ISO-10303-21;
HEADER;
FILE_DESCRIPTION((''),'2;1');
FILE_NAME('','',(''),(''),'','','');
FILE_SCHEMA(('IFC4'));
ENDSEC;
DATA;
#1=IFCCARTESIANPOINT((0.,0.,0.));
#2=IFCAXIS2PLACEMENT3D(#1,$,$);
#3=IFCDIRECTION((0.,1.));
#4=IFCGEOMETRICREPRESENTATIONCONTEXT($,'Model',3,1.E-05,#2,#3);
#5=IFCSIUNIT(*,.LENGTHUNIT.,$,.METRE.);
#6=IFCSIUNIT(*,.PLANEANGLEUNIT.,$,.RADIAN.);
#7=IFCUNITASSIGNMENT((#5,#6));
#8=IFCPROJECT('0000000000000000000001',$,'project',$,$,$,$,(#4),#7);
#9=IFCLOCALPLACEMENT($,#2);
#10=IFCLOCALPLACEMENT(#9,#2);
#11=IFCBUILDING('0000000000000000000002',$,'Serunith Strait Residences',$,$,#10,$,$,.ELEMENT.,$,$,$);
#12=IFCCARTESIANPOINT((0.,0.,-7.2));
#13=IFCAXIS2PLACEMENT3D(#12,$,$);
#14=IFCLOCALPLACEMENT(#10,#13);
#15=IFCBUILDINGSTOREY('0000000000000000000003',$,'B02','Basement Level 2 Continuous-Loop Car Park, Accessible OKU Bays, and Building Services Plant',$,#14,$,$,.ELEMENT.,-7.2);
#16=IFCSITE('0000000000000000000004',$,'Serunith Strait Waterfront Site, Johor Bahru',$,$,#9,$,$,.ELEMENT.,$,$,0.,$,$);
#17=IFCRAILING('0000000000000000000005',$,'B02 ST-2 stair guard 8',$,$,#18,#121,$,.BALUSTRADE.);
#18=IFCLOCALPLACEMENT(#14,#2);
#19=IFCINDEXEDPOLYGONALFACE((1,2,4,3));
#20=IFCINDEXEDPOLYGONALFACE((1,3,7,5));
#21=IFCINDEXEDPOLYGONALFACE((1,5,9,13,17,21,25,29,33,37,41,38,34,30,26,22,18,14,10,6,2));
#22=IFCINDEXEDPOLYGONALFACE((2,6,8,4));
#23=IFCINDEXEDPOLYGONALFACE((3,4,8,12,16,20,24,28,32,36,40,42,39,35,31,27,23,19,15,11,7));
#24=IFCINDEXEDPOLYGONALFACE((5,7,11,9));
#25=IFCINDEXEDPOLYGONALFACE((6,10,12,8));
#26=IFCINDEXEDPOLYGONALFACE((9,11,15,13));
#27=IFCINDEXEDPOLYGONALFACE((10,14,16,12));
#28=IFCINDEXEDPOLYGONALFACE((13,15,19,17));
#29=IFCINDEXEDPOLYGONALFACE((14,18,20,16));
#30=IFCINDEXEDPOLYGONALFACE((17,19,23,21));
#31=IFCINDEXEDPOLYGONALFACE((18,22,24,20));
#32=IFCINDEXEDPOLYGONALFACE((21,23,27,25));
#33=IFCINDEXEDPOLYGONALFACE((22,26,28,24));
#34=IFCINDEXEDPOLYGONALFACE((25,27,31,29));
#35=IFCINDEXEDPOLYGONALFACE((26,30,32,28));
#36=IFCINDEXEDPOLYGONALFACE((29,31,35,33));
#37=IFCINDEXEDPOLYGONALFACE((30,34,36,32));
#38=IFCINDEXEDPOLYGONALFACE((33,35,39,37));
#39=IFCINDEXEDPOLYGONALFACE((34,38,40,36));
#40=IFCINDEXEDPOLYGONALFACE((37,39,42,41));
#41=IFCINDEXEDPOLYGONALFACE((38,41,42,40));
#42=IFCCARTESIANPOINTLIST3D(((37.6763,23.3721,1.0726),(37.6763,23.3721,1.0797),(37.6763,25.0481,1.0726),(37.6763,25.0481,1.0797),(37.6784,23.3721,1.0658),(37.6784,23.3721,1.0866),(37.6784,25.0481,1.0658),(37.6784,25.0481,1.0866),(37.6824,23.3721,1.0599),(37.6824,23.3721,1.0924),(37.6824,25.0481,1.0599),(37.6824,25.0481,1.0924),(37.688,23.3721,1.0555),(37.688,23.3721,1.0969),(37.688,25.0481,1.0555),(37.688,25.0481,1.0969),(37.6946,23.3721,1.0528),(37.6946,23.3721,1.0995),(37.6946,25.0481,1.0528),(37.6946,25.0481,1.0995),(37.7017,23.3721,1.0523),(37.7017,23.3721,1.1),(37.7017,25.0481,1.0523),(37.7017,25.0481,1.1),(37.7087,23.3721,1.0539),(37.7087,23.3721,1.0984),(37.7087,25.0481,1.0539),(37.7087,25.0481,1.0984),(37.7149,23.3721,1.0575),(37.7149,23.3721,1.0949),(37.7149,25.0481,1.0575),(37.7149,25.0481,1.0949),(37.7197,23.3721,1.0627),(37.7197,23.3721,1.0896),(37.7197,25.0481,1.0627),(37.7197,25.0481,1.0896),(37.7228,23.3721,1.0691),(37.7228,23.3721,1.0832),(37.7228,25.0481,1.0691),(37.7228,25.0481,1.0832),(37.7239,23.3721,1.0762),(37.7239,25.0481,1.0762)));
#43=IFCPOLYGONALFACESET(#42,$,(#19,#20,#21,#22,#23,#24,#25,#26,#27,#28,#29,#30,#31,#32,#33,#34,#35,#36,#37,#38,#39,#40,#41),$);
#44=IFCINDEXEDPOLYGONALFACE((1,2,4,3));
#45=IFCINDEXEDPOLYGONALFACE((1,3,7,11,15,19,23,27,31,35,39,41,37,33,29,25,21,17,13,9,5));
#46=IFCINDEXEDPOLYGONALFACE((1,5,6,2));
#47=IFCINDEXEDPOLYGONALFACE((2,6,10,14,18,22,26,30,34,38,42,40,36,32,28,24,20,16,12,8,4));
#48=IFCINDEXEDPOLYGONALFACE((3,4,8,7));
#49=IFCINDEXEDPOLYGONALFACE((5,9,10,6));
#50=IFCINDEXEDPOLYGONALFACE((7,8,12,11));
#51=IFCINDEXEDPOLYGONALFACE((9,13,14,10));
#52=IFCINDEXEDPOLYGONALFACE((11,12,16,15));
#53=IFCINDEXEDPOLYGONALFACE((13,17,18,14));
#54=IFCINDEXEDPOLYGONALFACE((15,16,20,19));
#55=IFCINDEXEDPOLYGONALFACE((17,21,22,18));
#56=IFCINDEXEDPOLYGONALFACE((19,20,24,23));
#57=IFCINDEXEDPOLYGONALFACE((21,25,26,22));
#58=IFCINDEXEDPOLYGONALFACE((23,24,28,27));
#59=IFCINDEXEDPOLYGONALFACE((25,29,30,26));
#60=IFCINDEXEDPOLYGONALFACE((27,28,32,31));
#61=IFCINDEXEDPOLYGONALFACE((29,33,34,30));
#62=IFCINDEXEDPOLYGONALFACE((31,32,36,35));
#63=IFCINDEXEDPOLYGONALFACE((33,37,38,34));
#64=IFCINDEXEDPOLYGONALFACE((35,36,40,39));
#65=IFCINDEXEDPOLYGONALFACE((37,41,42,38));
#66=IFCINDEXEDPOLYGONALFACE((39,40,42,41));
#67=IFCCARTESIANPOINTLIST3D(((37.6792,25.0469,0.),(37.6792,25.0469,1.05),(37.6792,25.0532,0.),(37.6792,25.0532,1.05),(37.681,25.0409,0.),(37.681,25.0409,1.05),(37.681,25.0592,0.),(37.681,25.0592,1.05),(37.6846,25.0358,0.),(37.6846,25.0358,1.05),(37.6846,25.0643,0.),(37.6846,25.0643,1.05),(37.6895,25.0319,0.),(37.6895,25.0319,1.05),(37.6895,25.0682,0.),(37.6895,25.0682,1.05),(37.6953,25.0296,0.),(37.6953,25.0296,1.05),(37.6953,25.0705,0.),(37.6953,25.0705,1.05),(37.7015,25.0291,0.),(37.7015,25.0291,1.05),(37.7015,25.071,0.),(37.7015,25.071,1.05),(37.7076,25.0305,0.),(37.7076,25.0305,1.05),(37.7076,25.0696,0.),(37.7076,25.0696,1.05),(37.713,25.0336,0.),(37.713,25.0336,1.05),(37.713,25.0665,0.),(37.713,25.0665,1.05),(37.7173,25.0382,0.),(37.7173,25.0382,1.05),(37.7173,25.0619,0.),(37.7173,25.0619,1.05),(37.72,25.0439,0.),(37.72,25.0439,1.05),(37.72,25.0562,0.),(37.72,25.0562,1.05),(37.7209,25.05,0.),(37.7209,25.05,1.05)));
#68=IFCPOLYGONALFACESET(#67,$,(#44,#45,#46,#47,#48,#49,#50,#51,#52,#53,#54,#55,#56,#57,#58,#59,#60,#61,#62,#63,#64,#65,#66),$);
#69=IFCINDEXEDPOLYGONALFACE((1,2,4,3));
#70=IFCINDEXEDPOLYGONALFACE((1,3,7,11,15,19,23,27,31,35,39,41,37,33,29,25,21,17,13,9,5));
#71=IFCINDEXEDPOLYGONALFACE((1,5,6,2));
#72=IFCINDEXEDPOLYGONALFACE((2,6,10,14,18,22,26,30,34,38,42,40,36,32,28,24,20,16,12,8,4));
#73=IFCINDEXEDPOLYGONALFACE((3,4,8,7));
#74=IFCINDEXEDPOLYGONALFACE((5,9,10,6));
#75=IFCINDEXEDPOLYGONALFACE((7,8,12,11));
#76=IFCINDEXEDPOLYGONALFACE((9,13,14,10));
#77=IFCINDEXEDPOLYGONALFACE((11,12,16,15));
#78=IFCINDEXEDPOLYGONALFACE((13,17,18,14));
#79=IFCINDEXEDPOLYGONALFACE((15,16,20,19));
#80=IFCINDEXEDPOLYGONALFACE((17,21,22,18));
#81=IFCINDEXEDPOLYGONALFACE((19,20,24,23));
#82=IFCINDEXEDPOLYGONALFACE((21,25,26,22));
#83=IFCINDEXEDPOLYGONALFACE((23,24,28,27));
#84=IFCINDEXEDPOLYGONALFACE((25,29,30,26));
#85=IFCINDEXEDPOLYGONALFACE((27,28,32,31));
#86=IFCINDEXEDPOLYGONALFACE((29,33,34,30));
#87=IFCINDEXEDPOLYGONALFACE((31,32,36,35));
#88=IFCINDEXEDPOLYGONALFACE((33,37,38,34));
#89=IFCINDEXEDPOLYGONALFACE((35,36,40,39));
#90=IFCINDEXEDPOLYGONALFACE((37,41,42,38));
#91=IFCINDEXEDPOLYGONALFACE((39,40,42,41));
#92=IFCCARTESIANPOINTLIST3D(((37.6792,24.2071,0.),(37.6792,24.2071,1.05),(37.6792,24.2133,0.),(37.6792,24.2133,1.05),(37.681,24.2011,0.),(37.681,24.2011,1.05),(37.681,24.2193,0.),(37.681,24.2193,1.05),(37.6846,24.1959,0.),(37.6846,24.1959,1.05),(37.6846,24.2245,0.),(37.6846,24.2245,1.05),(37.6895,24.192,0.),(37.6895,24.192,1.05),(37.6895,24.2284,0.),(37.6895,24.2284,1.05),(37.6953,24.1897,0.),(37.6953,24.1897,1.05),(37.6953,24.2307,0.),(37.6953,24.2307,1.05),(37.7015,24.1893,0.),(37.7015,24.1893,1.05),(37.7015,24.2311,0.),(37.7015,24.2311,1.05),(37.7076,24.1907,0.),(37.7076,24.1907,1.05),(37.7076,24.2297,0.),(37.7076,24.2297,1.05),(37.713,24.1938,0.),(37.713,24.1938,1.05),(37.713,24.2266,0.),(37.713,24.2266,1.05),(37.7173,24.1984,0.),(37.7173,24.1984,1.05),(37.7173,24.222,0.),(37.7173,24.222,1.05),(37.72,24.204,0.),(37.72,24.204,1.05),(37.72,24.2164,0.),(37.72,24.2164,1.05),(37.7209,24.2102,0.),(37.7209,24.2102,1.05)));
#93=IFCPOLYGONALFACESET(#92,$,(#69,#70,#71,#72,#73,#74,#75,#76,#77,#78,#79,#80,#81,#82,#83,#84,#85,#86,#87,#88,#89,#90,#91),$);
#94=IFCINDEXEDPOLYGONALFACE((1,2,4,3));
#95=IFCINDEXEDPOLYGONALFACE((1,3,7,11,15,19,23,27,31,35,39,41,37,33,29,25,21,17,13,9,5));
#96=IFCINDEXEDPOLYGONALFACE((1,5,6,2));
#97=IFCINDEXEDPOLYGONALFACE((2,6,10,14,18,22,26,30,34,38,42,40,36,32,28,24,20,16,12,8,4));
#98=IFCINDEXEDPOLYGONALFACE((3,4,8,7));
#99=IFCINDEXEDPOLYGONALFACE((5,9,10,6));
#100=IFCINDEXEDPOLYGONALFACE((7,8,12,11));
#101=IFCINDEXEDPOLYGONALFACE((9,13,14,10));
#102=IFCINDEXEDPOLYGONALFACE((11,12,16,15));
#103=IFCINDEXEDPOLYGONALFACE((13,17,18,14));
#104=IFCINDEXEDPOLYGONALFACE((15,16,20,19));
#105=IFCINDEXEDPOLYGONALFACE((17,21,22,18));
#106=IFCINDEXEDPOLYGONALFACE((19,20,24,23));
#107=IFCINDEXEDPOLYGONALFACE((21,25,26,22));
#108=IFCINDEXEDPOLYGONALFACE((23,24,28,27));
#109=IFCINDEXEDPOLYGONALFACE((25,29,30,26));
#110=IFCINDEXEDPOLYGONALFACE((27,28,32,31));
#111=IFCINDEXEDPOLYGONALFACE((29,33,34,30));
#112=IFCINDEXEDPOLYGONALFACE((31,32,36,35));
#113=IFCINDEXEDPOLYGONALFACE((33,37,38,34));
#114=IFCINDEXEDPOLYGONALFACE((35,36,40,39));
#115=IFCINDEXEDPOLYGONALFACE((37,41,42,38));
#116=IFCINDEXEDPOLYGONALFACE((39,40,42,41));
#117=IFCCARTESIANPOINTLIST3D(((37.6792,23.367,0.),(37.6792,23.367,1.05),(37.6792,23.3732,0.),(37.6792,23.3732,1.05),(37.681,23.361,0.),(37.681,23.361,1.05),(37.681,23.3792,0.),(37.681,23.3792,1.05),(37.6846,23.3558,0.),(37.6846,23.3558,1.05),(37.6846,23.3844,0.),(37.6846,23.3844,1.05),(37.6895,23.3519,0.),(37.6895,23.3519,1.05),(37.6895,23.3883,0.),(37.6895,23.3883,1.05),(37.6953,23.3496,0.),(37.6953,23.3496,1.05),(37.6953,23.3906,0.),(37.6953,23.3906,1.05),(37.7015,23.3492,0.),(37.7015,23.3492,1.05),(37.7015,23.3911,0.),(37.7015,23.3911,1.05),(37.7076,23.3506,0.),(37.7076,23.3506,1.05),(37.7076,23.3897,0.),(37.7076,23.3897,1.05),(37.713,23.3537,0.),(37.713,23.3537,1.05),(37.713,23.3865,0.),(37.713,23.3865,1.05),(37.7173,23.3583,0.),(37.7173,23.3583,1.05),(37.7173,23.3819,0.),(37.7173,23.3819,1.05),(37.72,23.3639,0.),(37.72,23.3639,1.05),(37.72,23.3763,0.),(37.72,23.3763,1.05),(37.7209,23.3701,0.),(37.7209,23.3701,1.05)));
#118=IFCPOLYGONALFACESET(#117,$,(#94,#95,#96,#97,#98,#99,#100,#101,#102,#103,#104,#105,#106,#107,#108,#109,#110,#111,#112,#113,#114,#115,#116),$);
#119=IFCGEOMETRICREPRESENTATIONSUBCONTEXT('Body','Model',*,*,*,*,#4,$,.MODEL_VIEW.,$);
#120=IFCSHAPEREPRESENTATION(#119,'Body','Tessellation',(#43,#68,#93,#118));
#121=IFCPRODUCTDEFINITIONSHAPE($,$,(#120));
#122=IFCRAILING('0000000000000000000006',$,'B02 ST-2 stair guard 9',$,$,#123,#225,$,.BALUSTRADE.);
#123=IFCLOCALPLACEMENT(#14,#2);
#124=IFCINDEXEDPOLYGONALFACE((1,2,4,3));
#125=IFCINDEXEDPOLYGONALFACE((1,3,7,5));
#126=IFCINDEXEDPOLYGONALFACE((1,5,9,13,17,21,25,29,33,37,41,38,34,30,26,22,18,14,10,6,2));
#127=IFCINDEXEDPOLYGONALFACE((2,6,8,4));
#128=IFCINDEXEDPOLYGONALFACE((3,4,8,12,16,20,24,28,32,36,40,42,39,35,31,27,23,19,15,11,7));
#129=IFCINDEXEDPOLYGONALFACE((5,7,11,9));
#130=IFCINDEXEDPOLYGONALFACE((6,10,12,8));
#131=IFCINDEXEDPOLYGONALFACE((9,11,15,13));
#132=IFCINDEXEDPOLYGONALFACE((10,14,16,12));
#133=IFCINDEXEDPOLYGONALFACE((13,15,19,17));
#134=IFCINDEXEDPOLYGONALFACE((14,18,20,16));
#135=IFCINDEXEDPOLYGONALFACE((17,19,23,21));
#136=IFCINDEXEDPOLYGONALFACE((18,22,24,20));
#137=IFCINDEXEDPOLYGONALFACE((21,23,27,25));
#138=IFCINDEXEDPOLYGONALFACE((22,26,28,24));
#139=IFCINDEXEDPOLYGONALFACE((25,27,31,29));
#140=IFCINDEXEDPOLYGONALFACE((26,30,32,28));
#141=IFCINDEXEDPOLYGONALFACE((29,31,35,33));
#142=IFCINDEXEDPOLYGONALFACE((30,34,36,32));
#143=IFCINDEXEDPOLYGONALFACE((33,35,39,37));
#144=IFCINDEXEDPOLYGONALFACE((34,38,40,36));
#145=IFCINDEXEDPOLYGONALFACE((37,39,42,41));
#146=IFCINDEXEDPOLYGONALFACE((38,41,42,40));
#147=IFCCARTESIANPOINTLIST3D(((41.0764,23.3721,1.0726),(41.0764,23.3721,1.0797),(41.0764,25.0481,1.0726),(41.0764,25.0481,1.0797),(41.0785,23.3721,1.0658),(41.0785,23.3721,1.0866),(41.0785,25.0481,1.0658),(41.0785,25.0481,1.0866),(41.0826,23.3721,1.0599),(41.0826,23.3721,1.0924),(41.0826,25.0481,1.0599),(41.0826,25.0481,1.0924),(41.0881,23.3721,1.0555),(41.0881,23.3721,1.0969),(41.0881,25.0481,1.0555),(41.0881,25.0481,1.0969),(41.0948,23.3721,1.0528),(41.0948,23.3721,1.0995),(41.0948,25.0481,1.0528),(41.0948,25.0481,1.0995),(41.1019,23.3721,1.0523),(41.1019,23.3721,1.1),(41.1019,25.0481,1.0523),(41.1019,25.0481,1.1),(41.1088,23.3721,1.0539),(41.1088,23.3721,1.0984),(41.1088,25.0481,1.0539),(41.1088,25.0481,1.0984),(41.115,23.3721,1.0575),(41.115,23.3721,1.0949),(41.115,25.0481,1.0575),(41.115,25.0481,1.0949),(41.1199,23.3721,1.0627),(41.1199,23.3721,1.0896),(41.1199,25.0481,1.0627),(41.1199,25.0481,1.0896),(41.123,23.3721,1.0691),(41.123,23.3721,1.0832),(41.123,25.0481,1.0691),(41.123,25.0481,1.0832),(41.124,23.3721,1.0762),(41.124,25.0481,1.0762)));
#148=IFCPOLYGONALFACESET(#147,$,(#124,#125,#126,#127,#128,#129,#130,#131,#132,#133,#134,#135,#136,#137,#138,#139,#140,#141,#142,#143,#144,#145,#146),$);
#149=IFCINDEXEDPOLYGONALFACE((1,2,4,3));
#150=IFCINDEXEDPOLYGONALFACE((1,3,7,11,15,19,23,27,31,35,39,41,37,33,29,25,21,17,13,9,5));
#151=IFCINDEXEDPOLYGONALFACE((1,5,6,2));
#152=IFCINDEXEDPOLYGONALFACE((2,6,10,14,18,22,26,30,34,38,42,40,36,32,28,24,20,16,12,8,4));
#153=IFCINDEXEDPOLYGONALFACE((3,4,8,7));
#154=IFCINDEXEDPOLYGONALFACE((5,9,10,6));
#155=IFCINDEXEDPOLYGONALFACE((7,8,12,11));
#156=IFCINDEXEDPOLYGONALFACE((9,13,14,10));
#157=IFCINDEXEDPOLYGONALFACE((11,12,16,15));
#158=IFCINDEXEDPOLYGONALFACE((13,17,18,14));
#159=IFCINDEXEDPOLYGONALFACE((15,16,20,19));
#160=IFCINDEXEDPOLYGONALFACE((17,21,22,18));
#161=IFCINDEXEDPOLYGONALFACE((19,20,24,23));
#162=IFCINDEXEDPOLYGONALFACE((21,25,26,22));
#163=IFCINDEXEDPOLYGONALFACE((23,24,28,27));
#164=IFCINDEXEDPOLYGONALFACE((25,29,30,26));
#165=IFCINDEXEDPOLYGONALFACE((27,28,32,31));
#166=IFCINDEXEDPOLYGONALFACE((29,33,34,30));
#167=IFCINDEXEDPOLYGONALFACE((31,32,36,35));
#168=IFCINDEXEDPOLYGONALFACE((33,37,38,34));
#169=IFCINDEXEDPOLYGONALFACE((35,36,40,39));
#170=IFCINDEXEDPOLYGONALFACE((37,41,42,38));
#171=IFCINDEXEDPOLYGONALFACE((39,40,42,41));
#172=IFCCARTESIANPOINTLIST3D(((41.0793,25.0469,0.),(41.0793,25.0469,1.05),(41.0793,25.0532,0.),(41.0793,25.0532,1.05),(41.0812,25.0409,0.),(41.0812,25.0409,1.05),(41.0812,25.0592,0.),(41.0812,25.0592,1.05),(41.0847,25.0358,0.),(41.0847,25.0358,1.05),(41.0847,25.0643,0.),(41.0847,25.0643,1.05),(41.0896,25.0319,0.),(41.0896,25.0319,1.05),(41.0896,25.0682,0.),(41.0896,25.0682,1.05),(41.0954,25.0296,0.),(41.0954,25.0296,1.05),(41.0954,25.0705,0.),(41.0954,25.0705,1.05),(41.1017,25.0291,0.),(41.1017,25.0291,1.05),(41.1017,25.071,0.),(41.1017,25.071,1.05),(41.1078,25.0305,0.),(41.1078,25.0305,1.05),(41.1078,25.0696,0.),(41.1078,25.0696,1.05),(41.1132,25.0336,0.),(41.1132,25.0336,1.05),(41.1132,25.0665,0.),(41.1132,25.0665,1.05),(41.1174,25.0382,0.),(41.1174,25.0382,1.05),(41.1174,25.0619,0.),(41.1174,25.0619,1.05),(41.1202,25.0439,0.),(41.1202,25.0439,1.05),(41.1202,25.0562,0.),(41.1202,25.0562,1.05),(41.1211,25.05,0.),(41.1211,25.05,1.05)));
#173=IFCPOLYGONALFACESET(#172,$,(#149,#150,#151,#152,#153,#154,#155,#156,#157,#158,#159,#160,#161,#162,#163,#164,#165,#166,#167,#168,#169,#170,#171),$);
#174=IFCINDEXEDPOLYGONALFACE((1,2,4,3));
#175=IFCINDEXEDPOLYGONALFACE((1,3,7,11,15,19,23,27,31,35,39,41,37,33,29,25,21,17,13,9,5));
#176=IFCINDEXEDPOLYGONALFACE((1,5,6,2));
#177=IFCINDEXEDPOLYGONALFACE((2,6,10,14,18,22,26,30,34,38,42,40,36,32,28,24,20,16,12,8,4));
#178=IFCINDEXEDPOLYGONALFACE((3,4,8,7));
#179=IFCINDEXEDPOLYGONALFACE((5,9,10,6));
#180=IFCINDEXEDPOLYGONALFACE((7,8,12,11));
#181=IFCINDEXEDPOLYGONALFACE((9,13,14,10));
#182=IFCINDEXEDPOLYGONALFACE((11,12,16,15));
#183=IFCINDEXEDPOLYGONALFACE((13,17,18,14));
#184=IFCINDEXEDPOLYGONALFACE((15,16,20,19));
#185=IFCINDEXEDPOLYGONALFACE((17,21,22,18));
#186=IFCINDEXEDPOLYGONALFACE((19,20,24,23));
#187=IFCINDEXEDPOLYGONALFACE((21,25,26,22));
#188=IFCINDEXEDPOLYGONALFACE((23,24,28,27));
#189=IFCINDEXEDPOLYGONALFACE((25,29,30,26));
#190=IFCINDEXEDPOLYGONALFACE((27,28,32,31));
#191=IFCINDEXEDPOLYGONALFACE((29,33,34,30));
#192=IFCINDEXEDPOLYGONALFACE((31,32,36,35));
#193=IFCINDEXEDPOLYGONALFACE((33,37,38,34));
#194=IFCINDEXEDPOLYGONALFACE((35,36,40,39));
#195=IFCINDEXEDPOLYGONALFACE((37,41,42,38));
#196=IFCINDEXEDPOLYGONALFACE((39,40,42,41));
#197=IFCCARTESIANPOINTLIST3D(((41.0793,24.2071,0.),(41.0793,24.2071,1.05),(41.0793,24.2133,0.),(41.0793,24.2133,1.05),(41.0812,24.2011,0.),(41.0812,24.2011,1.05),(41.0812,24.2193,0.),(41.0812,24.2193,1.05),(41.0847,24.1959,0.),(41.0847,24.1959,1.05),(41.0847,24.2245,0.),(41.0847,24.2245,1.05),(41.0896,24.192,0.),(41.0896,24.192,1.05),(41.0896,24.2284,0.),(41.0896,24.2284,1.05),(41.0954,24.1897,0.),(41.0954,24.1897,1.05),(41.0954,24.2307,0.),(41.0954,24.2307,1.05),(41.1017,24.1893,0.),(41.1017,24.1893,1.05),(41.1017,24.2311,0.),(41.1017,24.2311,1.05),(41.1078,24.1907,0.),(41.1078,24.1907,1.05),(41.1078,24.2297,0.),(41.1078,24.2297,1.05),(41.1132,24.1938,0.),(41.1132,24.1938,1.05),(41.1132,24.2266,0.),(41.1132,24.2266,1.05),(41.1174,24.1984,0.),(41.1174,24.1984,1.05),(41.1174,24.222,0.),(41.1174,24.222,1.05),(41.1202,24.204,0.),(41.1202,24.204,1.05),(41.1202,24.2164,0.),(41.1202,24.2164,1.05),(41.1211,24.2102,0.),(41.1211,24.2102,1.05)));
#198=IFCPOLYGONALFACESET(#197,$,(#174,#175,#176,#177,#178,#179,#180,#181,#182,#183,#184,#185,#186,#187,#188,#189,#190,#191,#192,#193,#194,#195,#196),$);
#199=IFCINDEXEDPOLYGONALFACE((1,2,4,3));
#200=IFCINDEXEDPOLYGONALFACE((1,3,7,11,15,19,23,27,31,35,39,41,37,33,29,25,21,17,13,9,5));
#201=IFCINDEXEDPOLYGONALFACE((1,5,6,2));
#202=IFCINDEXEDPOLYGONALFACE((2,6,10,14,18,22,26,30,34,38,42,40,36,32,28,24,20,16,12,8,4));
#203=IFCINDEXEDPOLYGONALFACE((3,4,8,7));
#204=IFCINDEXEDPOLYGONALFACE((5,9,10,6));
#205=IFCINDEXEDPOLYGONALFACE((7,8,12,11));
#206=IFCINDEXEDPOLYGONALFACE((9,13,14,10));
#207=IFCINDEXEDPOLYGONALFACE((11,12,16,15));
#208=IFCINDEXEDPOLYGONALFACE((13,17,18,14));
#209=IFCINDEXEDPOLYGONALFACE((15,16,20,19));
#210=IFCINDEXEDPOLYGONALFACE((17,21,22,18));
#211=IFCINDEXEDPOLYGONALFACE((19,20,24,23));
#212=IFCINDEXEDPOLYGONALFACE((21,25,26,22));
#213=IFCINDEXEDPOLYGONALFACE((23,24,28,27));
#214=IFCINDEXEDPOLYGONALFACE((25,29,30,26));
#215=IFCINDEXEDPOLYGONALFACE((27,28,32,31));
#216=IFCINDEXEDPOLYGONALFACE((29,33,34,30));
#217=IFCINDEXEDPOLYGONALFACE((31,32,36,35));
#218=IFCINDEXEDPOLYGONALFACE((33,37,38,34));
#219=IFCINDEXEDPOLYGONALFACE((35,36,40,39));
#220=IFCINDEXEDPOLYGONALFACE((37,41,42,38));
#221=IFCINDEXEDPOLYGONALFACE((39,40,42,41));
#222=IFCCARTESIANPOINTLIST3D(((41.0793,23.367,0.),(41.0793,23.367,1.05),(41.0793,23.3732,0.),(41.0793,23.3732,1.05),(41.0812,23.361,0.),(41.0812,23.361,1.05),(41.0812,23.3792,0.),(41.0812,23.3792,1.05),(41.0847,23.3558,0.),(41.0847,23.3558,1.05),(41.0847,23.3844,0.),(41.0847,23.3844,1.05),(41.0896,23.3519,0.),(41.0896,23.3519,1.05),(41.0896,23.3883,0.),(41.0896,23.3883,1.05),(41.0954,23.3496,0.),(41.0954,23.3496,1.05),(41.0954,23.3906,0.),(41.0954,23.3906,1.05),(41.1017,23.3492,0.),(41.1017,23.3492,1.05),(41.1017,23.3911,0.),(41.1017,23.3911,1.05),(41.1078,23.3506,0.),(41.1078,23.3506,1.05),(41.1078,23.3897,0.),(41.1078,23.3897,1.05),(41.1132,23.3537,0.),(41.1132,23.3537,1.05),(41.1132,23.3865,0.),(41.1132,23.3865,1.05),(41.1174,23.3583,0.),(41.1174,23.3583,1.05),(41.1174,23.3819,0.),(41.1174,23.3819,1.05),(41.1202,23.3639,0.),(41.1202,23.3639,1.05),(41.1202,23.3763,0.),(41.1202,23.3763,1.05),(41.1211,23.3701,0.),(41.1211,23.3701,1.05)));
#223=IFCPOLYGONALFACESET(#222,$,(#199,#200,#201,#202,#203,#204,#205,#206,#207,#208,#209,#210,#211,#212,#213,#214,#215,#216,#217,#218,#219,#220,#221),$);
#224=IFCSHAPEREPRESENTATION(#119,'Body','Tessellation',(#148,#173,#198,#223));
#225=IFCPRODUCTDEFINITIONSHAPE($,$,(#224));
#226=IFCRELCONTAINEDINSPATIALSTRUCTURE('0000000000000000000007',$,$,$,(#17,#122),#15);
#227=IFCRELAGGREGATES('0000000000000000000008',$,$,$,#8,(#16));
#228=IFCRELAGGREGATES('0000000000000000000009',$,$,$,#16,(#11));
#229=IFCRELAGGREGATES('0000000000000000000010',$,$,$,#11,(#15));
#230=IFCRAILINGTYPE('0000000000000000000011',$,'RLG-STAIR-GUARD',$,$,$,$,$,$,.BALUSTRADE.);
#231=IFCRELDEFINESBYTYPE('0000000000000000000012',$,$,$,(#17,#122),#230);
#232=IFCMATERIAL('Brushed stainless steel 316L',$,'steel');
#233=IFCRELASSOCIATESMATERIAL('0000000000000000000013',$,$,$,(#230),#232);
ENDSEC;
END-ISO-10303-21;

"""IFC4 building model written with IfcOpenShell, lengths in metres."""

from ifc_helpers import new_model, si_unit, direction, frame, origin, origin_2d, place, context, subcontext, project, spatial, circle, extrude, material, type_object, element, save


model = new_model("IFC4")

# Units and contexts
model_context = context("Model", 3, precision=1e-05, world=origin(), true_north=direction((0.0, 1.0)))
body_context = subcontext(model_context, "Body", "Model", "MODEL_VIEW")
ifc_project = project(units=[si_unit("LENGTHUNIT", "METRE"), si_unit("PLANEANGLEUNIT", "RADIAN")], contexts=[model_context])

# Site, building, storey
site_placement = place(None, origin())
site = spatial("IfcSite", under=ifc_project, at=site_placement, Name="Serunith Strait Waterfront Site, Johor Bahru", CompositionType="ELEMENT", RefElevation=0.0)
building_placement = place(site_placement, origin())
building = spatial("IfcBuilding", under=site, at=building_placement, Name="Serunith Strait Residences", CompositionType="ELEMENT")
storey_placement = place(building_placement, frame((0.0, 0.0, -7.2)))
storey = spatial("IfcBuildingStorey", under=building, at=storey_placement, Name="B02", Description="Basement Level 2 Continuous-Loop Car Park, Accessible OKU Bays, and Building Services Plant", CompositionType="ELEMENT", Elevation=-7.2)

# Railings
ifc_material_1 = material(Name="Brushed stainless steel 316L", Category="steel")
railing_type = type_object("IfcRailingType", Name="RLG-STAIR-GUARD", PredefinedType="BALUSTRADE", material=ifc_material_1)
for number, where, name in (
    (1, (37.7, 25.05, 0.0), "B02 ST-2 stair guard 8"),
    (2, (41.1001, 25.05, 0.0), "B02 ST-2 stair guard 9"),
):
    element("IfcRailing", number, at=place(storey_placement, frame(where)), inside=storey, type_object=railing_type, Name=name, PredefinedType="BALUSTRADE", context=body_context, shape_type="SweptSolid", body=[
        extrude(circle(Radius=0.0239, at=origin_2d()), frame((0.0, -0.002, 1.0762), z_axis=(0.0, -1.0, 0.0), x_axis=(1.0, 0.0, 0.0)), (0.0, 0.0, 1.0), 1.676),
        extrude(circle(Radius=0.021, at=origin_2d()), origin(), (0.0, 0.0, 1.0), 1.05),
        extrude(circle(Radius=0.021, at=origin_2d()), frame((0.0, -0.8398, 0.0)), (0.0, 0.0, 1.0), 1.05),
        extrude(circle(Radius=0.021, at=origin_2d()), frame((0.0, -1.6799, 0.0)), (0.0, 0.0, 1.0), 1.05),
    ])

save(model, "model.ifc")
